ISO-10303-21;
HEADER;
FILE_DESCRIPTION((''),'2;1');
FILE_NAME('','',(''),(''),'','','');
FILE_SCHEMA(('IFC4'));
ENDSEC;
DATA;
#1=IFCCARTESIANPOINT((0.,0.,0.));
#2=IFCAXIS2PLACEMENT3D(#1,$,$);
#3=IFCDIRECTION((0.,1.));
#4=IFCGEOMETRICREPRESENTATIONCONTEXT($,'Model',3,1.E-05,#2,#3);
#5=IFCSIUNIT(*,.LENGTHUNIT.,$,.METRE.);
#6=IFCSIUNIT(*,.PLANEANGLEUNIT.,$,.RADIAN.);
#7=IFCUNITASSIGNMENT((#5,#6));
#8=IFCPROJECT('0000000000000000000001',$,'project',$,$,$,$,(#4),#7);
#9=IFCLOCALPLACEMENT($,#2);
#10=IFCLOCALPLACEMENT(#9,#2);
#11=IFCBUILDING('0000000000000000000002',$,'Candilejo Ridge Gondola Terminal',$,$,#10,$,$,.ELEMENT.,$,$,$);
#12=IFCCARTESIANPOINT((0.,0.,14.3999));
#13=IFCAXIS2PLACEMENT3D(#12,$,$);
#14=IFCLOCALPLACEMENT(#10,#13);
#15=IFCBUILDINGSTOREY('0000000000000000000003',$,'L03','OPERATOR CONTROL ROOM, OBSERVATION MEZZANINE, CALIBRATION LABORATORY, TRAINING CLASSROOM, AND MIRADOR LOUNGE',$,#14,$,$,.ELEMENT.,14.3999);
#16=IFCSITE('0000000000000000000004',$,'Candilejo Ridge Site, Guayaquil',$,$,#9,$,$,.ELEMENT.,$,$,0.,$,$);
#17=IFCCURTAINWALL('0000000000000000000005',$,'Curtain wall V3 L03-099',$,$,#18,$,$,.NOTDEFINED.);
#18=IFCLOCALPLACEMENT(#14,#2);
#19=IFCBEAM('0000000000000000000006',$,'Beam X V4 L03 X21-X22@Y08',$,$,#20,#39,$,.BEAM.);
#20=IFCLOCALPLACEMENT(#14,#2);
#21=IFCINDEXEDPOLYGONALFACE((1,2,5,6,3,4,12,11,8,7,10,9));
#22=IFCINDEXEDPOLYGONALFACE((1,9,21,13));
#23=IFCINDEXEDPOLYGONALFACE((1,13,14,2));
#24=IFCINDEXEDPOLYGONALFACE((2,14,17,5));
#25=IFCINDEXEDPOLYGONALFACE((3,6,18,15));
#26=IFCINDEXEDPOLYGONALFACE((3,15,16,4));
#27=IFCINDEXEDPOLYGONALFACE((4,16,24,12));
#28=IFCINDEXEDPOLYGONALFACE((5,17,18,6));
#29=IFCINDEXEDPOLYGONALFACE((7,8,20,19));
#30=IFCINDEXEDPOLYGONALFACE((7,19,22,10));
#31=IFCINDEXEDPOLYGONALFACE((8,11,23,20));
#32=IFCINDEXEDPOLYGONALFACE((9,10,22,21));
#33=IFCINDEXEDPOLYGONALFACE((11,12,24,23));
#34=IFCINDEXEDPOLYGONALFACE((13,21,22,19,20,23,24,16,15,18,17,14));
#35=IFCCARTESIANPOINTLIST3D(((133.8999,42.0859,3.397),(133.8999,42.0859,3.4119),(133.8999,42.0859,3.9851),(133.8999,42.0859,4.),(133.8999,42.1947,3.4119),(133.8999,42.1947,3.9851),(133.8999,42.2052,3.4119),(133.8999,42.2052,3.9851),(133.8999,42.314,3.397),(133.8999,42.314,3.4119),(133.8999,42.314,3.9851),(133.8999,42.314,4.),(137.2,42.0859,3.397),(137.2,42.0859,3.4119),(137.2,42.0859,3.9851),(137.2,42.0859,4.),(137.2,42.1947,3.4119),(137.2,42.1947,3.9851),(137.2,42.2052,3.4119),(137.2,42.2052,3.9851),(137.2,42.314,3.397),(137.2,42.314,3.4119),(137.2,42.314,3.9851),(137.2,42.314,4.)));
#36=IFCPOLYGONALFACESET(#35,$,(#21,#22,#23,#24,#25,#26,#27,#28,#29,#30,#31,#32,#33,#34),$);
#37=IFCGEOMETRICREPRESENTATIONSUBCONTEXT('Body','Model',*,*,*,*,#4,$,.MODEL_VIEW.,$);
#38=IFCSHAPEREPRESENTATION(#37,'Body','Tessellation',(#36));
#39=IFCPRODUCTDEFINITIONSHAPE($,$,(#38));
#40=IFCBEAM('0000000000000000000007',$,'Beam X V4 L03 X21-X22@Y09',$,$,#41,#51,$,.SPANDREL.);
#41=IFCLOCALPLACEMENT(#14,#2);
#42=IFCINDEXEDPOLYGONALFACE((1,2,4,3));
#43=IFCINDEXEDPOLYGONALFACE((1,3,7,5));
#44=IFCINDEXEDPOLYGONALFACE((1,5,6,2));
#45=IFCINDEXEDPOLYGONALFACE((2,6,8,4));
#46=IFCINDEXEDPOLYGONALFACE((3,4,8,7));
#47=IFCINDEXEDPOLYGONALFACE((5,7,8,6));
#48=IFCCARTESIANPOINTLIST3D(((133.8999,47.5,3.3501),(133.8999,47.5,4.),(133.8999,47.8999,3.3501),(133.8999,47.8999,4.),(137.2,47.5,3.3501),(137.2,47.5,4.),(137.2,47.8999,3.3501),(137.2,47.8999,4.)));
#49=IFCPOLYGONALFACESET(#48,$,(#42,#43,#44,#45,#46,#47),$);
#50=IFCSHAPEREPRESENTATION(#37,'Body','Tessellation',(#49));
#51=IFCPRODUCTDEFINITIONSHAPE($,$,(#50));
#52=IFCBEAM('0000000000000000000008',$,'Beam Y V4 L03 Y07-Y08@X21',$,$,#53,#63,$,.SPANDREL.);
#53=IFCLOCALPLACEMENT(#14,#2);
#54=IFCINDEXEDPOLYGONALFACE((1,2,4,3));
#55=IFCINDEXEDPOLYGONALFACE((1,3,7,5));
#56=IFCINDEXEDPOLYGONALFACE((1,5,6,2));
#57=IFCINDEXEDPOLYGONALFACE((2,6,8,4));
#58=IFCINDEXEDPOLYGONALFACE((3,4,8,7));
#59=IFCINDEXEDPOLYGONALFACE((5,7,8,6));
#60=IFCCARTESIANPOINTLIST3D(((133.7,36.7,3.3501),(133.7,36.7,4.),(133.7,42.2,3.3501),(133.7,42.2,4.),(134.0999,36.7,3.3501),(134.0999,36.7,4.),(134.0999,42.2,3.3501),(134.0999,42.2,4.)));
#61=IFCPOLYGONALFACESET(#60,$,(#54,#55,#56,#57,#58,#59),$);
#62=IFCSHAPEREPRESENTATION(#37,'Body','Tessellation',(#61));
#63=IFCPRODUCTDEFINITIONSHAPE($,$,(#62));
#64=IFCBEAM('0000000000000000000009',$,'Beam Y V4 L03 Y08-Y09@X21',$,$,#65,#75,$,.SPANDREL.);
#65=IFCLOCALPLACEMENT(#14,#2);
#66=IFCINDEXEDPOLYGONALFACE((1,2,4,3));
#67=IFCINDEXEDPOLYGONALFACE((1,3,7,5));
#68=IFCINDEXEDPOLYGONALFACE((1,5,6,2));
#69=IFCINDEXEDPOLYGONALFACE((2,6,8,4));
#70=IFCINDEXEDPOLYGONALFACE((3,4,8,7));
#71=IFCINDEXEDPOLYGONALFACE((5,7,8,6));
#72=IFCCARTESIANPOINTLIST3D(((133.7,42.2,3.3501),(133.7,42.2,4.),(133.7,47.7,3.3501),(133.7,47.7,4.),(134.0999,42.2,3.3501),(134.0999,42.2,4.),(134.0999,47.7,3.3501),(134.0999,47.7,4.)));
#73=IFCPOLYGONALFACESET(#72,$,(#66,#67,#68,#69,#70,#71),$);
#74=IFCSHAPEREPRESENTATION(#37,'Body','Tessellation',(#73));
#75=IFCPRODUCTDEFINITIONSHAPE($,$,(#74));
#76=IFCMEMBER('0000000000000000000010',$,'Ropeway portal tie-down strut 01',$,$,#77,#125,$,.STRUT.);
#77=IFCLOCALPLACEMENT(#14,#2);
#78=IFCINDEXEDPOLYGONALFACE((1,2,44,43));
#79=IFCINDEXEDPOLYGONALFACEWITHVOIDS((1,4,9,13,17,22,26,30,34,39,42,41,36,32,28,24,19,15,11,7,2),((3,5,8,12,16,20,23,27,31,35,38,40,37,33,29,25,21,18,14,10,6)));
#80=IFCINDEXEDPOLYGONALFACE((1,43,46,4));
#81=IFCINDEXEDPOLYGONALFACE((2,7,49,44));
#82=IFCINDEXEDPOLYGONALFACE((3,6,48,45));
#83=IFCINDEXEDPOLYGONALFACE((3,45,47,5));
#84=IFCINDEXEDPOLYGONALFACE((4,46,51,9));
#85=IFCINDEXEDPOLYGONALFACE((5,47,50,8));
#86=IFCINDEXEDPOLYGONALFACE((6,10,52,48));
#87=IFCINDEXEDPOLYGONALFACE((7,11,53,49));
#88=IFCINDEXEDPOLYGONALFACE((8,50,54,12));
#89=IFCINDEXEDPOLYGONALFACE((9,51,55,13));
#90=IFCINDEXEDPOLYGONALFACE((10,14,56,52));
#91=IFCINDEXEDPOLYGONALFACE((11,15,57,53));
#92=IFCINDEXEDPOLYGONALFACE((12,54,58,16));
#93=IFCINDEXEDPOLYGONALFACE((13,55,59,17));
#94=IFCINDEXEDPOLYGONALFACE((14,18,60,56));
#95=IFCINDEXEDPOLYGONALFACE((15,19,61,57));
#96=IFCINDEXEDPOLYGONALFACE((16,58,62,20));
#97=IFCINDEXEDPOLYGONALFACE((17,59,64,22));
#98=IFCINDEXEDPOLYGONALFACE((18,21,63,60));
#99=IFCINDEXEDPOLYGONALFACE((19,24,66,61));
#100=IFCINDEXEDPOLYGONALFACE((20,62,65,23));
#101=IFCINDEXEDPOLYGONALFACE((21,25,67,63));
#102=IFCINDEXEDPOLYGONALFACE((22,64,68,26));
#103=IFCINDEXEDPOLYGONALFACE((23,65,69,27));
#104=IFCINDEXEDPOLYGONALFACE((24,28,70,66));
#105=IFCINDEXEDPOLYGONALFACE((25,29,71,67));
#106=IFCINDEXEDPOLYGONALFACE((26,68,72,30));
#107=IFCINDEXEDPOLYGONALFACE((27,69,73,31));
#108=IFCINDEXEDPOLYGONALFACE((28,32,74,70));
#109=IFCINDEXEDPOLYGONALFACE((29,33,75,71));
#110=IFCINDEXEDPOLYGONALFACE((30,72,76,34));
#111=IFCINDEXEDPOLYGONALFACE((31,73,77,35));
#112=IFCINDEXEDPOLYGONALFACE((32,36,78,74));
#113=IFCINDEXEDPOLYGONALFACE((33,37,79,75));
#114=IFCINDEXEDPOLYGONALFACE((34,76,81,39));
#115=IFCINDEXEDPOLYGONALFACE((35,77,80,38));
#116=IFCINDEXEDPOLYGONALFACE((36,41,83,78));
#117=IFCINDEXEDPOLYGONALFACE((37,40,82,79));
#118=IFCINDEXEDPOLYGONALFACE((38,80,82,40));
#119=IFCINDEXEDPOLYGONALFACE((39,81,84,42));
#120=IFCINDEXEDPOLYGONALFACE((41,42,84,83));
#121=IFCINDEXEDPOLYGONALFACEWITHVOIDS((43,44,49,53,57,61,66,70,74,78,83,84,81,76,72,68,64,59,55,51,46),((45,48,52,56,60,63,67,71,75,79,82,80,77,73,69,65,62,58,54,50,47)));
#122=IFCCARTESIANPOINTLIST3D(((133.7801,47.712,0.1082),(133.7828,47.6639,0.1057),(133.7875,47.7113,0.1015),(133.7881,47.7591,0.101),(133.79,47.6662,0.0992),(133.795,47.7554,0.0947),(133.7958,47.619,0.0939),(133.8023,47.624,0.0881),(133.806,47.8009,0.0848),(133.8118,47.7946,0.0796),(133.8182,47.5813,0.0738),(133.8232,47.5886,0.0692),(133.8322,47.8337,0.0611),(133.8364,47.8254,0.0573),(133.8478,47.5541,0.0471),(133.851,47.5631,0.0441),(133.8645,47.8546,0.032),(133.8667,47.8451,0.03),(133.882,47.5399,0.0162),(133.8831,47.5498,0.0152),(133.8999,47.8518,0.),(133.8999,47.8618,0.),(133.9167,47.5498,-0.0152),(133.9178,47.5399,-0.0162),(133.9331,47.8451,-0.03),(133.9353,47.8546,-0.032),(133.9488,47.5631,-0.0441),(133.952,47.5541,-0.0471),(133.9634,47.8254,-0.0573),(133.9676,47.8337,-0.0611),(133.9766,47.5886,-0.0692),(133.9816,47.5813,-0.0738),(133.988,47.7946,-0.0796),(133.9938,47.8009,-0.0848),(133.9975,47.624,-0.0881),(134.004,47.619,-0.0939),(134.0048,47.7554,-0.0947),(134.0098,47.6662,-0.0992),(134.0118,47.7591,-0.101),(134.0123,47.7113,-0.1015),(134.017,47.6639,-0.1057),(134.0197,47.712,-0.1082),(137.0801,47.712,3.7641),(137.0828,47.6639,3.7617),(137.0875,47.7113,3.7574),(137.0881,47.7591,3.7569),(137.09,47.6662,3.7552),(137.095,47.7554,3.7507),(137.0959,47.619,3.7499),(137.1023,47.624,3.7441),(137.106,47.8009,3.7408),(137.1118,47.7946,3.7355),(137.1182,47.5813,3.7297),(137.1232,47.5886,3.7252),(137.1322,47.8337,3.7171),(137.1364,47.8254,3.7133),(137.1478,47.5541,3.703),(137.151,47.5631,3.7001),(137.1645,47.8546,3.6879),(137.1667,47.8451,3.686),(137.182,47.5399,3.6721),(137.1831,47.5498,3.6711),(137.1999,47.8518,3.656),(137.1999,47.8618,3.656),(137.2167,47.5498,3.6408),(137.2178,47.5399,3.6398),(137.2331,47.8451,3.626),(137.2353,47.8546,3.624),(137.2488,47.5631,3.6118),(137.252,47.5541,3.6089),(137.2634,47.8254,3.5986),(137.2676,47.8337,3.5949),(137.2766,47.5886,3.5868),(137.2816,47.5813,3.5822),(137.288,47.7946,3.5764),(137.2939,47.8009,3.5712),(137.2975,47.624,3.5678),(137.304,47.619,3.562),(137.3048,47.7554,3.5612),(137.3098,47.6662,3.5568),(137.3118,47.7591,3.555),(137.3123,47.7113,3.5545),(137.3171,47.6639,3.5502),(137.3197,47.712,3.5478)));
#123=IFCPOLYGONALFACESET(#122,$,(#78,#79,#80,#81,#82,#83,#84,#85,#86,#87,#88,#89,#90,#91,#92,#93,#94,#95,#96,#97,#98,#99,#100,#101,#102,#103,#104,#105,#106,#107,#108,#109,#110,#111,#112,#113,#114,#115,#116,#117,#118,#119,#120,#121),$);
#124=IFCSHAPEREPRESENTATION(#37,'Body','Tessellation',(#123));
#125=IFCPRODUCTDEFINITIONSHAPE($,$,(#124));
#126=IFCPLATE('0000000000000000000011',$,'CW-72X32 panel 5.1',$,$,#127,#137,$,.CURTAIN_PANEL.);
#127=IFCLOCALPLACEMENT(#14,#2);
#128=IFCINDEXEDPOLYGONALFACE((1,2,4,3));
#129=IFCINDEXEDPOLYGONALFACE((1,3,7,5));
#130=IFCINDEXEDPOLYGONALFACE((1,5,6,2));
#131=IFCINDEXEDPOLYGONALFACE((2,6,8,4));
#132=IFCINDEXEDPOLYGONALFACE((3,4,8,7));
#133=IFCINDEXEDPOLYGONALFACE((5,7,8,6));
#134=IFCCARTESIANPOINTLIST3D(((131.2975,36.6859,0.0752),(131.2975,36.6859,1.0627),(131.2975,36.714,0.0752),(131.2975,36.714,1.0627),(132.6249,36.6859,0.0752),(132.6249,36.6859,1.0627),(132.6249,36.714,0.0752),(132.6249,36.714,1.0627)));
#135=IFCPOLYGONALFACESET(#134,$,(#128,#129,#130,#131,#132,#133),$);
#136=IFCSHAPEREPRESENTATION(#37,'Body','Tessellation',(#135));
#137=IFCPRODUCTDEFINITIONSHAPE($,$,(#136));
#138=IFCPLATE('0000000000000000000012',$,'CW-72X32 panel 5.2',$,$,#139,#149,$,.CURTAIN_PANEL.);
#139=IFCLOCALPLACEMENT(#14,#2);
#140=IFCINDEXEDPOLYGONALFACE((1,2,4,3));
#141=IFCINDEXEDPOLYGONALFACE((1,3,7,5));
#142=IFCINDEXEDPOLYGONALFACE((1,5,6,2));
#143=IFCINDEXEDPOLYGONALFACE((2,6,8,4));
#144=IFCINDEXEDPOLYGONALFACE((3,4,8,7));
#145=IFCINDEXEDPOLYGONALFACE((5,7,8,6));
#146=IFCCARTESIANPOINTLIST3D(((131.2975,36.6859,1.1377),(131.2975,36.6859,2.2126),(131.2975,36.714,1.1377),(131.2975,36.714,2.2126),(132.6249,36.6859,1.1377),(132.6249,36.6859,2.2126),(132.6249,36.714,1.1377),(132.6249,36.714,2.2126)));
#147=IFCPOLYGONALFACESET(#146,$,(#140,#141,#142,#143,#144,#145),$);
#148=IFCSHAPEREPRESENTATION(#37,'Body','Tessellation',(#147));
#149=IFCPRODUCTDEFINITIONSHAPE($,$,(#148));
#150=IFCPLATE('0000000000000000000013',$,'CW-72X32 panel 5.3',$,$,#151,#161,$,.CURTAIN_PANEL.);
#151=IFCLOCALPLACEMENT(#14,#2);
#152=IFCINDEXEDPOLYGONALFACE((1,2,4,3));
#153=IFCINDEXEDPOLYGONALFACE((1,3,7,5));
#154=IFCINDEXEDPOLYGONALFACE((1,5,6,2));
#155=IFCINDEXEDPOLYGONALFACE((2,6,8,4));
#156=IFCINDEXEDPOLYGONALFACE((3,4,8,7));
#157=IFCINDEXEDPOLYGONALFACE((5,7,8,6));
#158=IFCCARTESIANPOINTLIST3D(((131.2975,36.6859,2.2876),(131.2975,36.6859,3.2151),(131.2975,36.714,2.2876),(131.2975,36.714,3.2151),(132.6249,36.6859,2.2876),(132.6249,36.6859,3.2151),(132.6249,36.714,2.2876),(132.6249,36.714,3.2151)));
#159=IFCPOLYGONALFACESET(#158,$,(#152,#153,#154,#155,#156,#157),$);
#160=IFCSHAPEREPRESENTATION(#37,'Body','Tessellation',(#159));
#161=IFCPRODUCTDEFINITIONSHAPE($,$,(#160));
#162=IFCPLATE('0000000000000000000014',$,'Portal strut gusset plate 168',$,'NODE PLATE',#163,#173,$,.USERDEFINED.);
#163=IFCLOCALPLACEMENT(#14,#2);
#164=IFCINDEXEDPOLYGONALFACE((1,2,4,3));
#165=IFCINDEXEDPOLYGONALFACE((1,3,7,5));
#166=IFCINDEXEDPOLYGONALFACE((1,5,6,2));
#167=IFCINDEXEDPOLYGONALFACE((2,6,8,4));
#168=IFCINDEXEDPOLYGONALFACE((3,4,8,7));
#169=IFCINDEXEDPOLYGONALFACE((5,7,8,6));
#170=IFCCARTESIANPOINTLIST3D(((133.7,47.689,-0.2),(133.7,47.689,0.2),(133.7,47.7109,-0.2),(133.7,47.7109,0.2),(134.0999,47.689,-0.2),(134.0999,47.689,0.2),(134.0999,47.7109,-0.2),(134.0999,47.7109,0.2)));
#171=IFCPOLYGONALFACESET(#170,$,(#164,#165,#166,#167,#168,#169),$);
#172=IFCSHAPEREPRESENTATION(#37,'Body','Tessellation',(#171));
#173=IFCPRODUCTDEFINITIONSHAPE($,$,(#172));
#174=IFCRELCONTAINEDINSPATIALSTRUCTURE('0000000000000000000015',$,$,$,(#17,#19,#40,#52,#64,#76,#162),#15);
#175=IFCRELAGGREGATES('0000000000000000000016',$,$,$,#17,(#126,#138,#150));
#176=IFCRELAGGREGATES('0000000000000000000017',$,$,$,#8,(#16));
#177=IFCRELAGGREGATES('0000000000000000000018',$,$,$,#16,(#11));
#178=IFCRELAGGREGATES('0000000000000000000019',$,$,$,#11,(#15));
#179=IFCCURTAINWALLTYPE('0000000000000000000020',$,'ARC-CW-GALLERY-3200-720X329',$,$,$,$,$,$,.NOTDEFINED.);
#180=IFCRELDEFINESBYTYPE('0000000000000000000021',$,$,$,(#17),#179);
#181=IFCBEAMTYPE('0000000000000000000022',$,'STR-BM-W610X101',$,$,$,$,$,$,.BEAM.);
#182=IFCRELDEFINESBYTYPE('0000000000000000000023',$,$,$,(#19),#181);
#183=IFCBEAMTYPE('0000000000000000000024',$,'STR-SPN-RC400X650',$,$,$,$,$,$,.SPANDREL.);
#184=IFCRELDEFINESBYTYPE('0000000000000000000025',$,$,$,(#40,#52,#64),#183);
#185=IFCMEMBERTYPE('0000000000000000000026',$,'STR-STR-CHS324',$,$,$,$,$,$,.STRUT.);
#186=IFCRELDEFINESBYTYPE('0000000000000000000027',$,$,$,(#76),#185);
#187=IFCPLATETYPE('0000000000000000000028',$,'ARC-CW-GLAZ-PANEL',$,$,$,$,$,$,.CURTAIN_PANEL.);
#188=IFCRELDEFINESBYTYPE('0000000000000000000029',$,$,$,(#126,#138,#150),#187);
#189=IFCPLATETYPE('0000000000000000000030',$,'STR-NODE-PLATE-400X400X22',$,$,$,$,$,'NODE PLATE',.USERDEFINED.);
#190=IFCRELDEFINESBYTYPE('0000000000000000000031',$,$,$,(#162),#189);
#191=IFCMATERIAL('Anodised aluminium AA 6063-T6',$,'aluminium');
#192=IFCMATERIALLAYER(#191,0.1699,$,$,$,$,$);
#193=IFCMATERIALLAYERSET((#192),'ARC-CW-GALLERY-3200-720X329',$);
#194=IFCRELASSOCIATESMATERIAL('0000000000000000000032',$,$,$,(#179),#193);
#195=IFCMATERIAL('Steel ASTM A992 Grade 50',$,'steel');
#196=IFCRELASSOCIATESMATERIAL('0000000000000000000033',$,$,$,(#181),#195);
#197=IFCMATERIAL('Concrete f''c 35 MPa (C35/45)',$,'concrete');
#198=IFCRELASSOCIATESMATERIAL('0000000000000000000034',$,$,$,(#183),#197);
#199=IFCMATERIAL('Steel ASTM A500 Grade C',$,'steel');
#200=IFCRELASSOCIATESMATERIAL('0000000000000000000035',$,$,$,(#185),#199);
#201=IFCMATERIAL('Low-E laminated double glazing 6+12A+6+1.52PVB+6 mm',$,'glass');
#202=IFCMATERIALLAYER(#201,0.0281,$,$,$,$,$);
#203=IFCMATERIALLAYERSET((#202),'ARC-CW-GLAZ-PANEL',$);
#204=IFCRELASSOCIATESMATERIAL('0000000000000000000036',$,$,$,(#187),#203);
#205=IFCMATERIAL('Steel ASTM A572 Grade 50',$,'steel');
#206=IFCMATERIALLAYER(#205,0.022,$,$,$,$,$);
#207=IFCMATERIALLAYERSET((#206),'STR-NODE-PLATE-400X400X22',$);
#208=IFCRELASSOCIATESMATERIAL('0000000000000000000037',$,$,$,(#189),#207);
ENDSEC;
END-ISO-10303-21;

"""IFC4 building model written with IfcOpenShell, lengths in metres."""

from ifc_helpers import new_model, si_unit, direction, frame, origin, origin_2d, place, context, subcontext, project, spatial, rectangle, hollow_circle, i_section, extrude, material, layer, layer_set, material_profile, profile_set, type_object, element, aggregate, save


model = new_model("IFC4")

# Units and contexts
model_context = context("Model", 3, precision=1e-05, world=origin(), true_north=direction((0.0, 1.0)))
body_context = subcontext(model_context, "Body", "Model", "MODEL_VIEW")
ifc_project = project(units=[si_unit("LENGTHUNIT", "METRE"), si_unit("PLANEANGLEUNIT", "RADIAN")], contexts=[model_context])

# Site, building, storey
site_placement = place(None, origin())
site = spatial("IfcSite", under=ifc_project, at=site_placement, Name="Candilejo Ridge Site, Guayaquil", CompositionType="ELEMENT", RefElevation=0.0)
building_placement = place(site_placement, origin())
building = spatial("IfcBuilding", under=site, at=building_placement, Name="Candilejo Ridge Gondola Terminal", CompositionType="ELEMENT")
storey_placement = place(building_placement, frame((0.0, 0.0, 14.3999)))
storey = spatial("IfcBuildingStorey", under=building, at=storey_placement, Name="L03", Description="OPERATOR CONTROL ROOM, OBSERVATION MEZZANINE, CALIBRATION LABORATORY, TRAINING CLASSROOM, AND MIRADOR LOUNGE", CompositionType="ELEMENT", Elevation=14.3999)

# Curtain wall
ifc_material_1 = material(Name="Anodised aluminium AA 6063-T6", Category="aluminium")
ifc_layer_1 = layer(ifc_material_1, 0.1699)
ifc_layer_set_1 = layer_set([ifc_layer_1], Name="ARC-CW-GALLERY-3200-720X329")
curtain_wall_type = type_object("IfcCurtainWallType", Name="ARC-CW-GALLERY-3200-720X329", PredefinedType="NOTDEFINED", material=ifc_layer_set_1)
curtain_wall_placement = place(storey_placement, origin())
curtain_wall = element("IfcCurtainWall", 1, at=curtain_wall_placement, inside=storey, type_object=curtain_wall_type, Name="Curtain wall V3 L03-099", PredefinedType="NOTDEFINED")

# Beams
ifc_material_2 = material(Name="Steel ASTM A992 Grade 50", Category="steel")
ifc_material_profile_1 = material_profile(ifc_material_2, i_section(OverallWidth=0.228, OverallDepth=0.603, WebThickness=0.0105, FlangeThickness=0.0149, at=origin_2d()))
ifc_profile_set_1 = profile_set([ifc_material_profile_1], Name="Steel ASTM A992 Grade 50")
beam_type_1 = type_object("IfcBeamType", Name="STR-BM-W610X101", PredefinedType="BEAM", material=ifc_profile_set_1)
for number, where, z_axis, x_axis, name in (
    (2, (133.8999, 42.2, 3.6985), (1.0, 0.0, 0.0), (0.0, 1.0, 0.0), "Beam X V4 L03 X21-X22@Y08"),
):
    element("IfcBeam", number, at=place(storey_placement, frame(where, z_axis=z_axis, x_axis=x_axis)), inside=storey, type_object=beam_type_1, Name=name, PredefinedType="BEAM", context=body_context, shape_type="SweptSolid", body=[
        extrude(i_section(OverallWidth=0.228, OverallDepth=0.603, WebThickness=0.0105, FlangeThickness=0.0149, at=origin_2d()), origin(), (0.0, 0.0, 1.0), 3.3),
    ])
ifc_material_3 = material(Name="Concrete f'c 35 MPa (C35/45)", Category="concrete")
ifc_material_profile_2 = material_profile(ifc_material_3, rectangle(XDim=0.3999, YDim=0.6499, at=origin_2d()))
ifc_profile_set_2 = profile_set([ifc_material_profile_2], Name="Concrete f'c 35 MPa (C35/45)")
beam_type_2 = type_object("IfcBeamType", Name="STR-SPN-RC400X650", PredefinedType="SPANDREL", material=ifc_profile_set_2)
beam_placement = place(storey_placement, frame((133.8999, 47.7, 3.675), z_axis=(1.0, 0.0, 0.0), x_axis=(0.0, 1.0, 0.0)))
element("IfcBeam", 3, at=beam_placement, inside=storey, type_object=beam_type_2, Name="Beam X V4 L03 X21-X22@Y09", PredefinedType="SPANDREL", context=body_context, shape_type="SweptSolid", body=[
    extrude(rectangle(XDim=0.3999, YDim=0.6499, at=origin_2d()), origin(), (0.0, 0.0, 1.0), 3.3),
])
for number, where, z_axis, x_axis, name in (
    (4, (133.8999, 36.7, 3.675), (0.0, 1.0, 0.0), (-1.0, 0.0, 0.0), "Beam Y V4 L03 Y07-Y08@X21"),
    (5, (133.8999, 42.2, 3.675), (0.0, 1.0, 0.0), (-1.0, 0.0, 0.0), "Beam Y V4 L03 Y08-Y09@X21"),
):
    element("IfcBeam", number, at=place(storey_placement, frame(where, z_axis=z_axis, x_axis=x_axis)), inside=storey, type_object=beam_type_2, Name=name, PredefinedType="SPANDREL", context=body_context, shape_type="SweptSolid", body=[
        extrude(rectangle(XDim=0.3999, YDim=0.6499, at=origin_2d()), origin(), (0.0, 0.0, 1.0), 5.5),
    ])

# Member
ifc_material_4 = material(Name="Steel ASTM A500 Grade C", Category="steel")
ifc_material_profile_3 = material_profile(ifc_material_4, hollow_circle(Radius=0.1619, WallThickness=0.01, at=origin_2d()))
ifc_profile_set_3 = profile_set([ifc_material_profile_3], Name="Steel ASTM A500 Grade C")
member_type_1 = type_object("IfcMemberType", Name="STR-STR-CHS324", PredefinedType="STRUT", material=ifc_profile_set_3)
member_1_placement = place(storey_placement, frame((133.8999, 47.7, 0.0), z_axis=(0.670046, 0.0, 0.74232), x_axis=(0.0, 1.0, 0.0)))
element("IfcMember", 6, at=member_1_placement, inside=storey, type_object=member_type_1, Name="Ropeway portal tie-down strut 01", PredefinedType="STRUT", context=body_context, shape_type="SweptSolid", body=[
    extrude(hollow_circle(Radius=0.1619, WallThickness=0.01, at=origin_2d()), origin(), (0.0, 0.0, 1.0), 4.925),
])

# Plates
ifc_material_5 = material(Name="Low-E laminated double glazing 6+12A+6+1.52PVB+6 mm", Category="glass")
ifc_layer_2 = layer(ifc_material_5, 0.0281)
ifc_layer_set_2 = layer_set([ifc_layer_2], Name="ARC-CW-GLAZ-PANEL")
plate_type_1 = type_object("IfcPlateType", Name="ARC-CW-GLAZ-PANEL", PredefinedType="CURTAIN_PANEL", material=ifc_layer_set_2)
plate_1_placement = place(storey_placement, frame((131.9612, 36.7, 0.0752), z_axis=(0.0, 0.0, 1.0), x_axis=(1.0, 0.0, 0.0)))
plate_1 = element("IfcPlate", 7, at=plate_1_placement, type_object=plate_type_1, Name="CW-72X32 panel 5.1", PredefinedType="CURTAIN_PANEL", context=body_context, shape_type="SweptSolid", body=[
    extrude(rectangle(XDim=1.3274, YDim=0.0281, at=origin_2d()), origin(), (0.0, 0.0, 1.0), 0.9875),
])
plate_2_placement = place(storey_placement, frame((131.9612, 36.7, 1.1377), z_axis=(0.0, 0.0, 1.0), x_axis=(1.0, 0.0, 0.0)))
plate_2 = element("IfcPlate", 8, at=plate_2_placement, type_object=plate_type_1, Name="CW-72X32 panel 5.2", PredefinedType="CURTAIN_PANEL", context=body_context, shape_type="SweptSolid", body=[
    extrude(rectangle(XDim=1.3274, YDim=0.0281, at=origin_2d()), origin(), (0.0, 0.0, 1.0), 1.075),
])
plate_3_placement = place(storey_placement, frame((131.9612, 36.7, 2.2876), z_axis=(0.0, 0.0, 1.0), x_axis=(1.0, 0.0, 0.0)))
plate_3 = element("IfcPlate", 9, at=plate_3_placement, type_object=plate_type_1, Name="CW-72X32 panel 5.3", PredefinedType="CURTAIN_PANEL", context=body_context, shape_type="SweptSolid", body=[
    extrude(rectangle(XDim=1.3274, YDim=0.0281, at=origin_2d()), origin(), (0.0, 0.0, 1.0), 0.9275),
])
aggregate(curtain_wall, [plate_1, plate_2, plate_3])
ifc_material_6 = material(Name="Steel ASTM A572 Grade 50", Category="steel")
ifc_layer_3 = layer(ifc_material_6, 0.022)
ifc_layer_set_3 = layer_set([ifc_layer_3], Name="STR-NODE-PLATE-400X400X22")
plate_type_2 = type_object("IfcPlateType", Name="STR-NODE-PLATE-400X400X22", ElementType="NODE PLATE", PredefinedType="USERDEFINED", material=ifc_layer_set_3)
plate_4_placement = place(storey_placement, frame((133.8999, 47.7, -0.2), z_axis=(0.0, 0.0, 1.0), x_axis=(1.0, 0.0, 0.0)))
element("IfcPlate", 10, at=plate_4_placement, inside=storey, type_object=plate_type_2, Name="Portal strut gusset plate 168", ObjectType="NODE PLATE", PredefinedType="USERDEFINED", context=body_context, shape_type="SweptSolid", body=[
    extrude(rectangle(XDim=0.3999, YDim=0.022, at=origin_2d()), origin(), (0.0, 0.0, 1.0), 0.3999),
])

save(model, "model.ifc")
